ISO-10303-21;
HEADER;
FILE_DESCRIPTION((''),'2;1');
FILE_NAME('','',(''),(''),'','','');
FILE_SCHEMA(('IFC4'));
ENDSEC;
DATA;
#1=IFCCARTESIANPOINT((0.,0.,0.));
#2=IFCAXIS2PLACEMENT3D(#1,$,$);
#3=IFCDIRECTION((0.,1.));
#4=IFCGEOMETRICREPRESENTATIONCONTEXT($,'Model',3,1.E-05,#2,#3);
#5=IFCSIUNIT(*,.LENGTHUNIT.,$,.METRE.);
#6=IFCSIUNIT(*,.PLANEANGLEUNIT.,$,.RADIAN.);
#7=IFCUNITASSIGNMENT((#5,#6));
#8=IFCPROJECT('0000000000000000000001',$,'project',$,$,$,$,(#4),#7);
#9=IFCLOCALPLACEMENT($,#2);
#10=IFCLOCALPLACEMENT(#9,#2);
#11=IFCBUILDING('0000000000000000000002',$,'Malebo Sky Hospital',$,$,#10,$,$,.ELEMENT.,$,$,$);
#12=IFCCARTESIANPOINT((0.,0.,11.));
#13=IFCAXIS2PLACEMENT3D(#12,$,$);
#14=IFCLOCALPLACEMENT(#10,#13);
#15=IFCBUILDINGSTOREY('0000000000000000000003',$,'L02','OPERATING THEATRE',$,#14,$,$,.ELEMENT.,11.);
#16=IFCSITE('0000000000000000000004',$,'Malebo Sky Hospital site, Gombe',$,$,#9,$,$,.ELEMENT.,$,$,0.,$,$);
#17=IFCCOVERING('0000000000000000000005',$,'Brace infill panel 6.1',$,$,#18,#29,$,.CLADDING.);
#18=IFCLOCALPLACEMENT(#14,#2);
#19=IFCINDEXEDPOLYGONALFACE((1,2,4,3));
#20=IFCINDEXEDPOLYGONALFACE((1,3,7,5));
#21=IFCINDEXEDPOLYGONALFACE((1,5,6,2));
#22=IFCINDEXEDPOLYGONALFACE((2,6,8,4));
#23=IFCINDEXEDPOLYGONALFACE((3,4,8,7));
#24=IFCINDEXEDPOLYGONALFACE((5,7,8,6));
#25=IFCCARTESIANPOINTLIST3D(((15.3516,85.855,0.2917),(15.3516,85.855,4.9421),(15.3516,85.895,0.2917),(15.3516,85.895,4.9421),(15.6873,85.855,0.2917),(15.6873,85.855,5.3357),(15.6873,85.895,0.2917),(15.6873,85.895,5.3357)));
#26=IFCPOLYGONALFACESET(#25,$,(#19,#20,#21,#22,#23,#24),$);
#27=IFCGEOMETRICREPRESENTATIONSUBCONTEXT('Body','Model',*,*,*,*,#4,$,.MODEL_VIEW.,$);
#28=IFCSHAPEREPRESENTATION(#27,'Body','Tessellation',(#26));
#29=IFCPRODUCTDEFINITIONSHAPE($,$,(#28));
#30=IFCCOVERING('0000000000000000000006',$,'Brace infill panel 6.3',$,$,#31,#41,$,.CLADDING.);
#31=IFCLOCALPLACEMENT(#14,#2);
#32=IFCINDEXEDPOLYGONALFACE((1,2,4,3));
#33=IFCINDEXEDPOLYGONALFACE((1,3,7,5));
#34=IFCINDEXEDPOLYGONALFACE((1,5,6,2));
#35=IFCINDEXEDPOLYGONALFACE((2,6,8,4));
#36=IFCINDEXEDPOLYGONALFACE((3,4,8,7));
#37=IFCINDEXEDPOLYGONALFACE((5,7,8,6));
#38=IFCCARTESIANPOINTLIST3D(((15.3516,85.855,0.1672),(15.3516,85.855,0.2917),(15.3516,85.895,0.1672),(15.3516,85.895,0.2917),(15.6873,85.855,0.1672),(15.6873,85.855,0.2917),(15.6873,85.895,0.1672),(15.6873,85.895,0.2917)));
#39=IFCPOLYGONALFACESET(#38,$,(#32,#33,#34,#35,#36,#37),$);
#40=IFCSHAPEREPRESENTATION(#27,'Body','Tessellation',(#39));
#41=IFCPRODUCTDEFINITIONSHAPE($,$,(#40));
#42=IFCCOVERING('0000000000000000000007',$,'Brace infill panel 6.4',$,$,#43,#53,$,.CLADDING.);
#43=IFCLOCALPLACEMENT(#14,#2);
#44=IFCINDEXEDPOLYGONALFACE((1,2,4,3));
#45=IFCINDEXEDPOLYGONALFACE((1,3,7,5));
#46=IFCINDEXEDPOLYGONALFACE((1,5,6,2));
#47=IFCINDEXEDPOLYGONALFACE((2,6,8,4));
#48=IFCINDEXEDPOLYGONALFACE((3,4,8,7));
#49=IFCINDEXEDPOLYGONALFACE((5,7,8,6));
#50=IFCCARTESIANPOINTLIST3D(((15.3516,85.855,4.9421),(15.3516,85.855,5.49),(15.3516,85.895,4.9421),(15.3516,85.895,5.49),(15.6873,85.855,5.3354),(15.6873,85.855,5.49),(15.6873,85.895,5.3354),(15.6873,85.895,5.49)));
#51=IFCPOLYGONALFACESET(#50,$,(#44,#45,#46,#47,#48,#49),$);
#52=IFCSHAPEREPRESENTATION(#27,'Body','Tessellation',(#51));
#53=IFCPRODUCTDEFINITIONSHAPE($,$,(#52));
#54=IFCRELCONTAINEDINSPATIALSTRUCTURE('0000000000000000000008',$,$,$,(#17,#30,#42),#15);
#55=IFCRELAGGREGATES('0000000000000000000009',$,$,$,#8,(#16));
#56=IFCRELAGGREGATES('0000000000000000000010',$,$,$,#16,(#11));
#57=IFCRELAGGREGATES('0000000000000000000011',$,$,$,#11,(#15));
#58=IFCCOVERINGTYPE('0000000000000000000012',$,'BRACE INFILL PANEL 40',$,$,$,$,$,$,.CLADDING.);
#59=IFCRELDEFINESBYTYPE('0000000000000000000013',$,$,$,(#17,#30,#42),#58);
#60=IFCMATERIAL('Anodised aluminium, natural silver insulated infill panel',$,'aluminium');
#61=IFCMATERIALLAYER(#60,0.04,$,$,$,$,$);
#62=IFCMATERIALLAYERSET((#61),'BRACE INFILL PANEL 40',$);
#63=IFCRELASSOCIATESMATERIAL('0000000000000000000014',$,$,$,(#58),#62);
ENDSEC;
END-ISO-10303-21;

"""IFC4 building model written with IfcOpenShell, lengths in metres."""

from ifc_helpers import new_model, si_unit, direction, frame, origin, place, context, subcontext, project, spatial, polyline, outline, extrude, material, layer, layer_set, type_object, element, save


model = new_model("IFC4")

# Units and contexts
model_context = context("Model", 3, precision=1e-05, world=origin(), true_north=direction((0.0, 1.0)))
body_context = subcontext(model_context, "Body", "Model", "MODEL_VIEW")
ifc_project = project(units=[si_unit("LENGTHUNIT", "METRE"), si_unit("PLANEANGLEUNIT", "RADIAN")], contexts=[model_context])

# Site, building, storey
site_placement = place(None, origin())
site = spatial("IfcSite", under=ifc_project, at=site_placement, Name="Malebo Sky Hospital site, Gombe", CompositionType="ELEMENT", RefElevation=0.0)
building_placement = place(site_placement, origin())
building = spatial("IfcBuilding", under=site, at=building_placement, Name="Malebo Sky Hospital", CompositionType="ELEMENT")
storey_placement = place(building_placement, frame((0.0, 0.0, 11.0)))
storey = spatial("IfcBuildingStorey", under=building, at=storey_placement, Name="L02", Description="OPERATING THEATRE", CompositionType="ELEMENT", Elevation=11.0)

# Coverings
ifc_material_1 = material(Name="Anodised aluminium, natural silver insulated infill panel", Category="aluminium")
ifc_layer_1 = layer(ifc_material_1, 0.04)
ifc_layer_set_1 = layer_set([ifc_layer_1], Name="BRACE INFILL PANEL 40")
covering_type = type_object("IfcCoveringType", Name="BRACE INFILL PANEL 40", PredefinedType="CLADDING", material=ifc_layer_set_1)
covering_1_placement = place(storey_placement, frame((15.5195, 85.875, 0.2917), z_axis=(0.0, 0.0, 1.0), x_axis=(-1.0, 0.0, 0.0)))
element("IfcCovering", 1, at=covering_1_placement, inside=storey, type_object=covering_type, Name="Brace infill panel 6.1", PredefinedType="CLADDING", context=body_context, shape_type="SweptSolid", body=[
    extrude(outline(polyline([(-0.1677, 0.0), (0.168, 0.0), (0.168, 4.6504), (-0.1677, 5.0439), (-0.1677, 0.0)])), frame((0.0, 0.02, 0.0), z_axis=(0.0, -1.0, 0.0), x_axis=(1.0, 0.0, 0.0)), (0.0, 0.0, 1.0), 0.04),
])
covering_2_placement = place(storey_placement, frame((15.5195, 85.875, 0.1672), z_axis=(0.0, 0.0, 1.0), x_axis=(-1.0, 0.0, 0.0)))
element("IfcCovering", 2, at=covering_2_placement, inside=storey, type_object=covering_type, Name="Brace infill panel 6.3", PredefinedType="CLADDING", context=body_context, shape_type="SweptSolid", body=[
    extrude(outline(polyline([(-0.1677, 0.0), (0.168, 0.0), (0.168, 0.1245), (-0.1677, 0.1245), (-0.1677, 0.0)])), frame((0.0, 0.02, 0.0), z_axis=(0.0, -1.0, 0.0), x_axis=(1.0, 0.0, 0.0)), (0.0, 0.0, 1.0), 0.04),
])
covering_3_placement = place(storey_placement, frame((15.5195, 85.875, 4.9421), z_axis=(0.0, 0.0, 1.0), x_axis=(-1.0, 0.0, 0.0)))
element("IfcCovering", 3, at=covering_3_placement, inside=storey, type_object=covering_type, Name="Brace infill panel 6.4", PredefinedType="CLADDING", context=body_context, shape_type="SweptSolid", body=[
    extrude(outline(polyline([(0.168, 0.0), (0.168, 0.5479), (-0.1677, 0.5479), (-0.1677, 0.3933), (0.168, 0.0)])), frame((0.0, 0.02, 0.0), z_axis=(0.0, -1.0, 0.0), x_axis=(1.0, 0.0, 0.0)), (0.0, 0.0, 1.0), 0.04),
])

save(model, "model.ifc")
